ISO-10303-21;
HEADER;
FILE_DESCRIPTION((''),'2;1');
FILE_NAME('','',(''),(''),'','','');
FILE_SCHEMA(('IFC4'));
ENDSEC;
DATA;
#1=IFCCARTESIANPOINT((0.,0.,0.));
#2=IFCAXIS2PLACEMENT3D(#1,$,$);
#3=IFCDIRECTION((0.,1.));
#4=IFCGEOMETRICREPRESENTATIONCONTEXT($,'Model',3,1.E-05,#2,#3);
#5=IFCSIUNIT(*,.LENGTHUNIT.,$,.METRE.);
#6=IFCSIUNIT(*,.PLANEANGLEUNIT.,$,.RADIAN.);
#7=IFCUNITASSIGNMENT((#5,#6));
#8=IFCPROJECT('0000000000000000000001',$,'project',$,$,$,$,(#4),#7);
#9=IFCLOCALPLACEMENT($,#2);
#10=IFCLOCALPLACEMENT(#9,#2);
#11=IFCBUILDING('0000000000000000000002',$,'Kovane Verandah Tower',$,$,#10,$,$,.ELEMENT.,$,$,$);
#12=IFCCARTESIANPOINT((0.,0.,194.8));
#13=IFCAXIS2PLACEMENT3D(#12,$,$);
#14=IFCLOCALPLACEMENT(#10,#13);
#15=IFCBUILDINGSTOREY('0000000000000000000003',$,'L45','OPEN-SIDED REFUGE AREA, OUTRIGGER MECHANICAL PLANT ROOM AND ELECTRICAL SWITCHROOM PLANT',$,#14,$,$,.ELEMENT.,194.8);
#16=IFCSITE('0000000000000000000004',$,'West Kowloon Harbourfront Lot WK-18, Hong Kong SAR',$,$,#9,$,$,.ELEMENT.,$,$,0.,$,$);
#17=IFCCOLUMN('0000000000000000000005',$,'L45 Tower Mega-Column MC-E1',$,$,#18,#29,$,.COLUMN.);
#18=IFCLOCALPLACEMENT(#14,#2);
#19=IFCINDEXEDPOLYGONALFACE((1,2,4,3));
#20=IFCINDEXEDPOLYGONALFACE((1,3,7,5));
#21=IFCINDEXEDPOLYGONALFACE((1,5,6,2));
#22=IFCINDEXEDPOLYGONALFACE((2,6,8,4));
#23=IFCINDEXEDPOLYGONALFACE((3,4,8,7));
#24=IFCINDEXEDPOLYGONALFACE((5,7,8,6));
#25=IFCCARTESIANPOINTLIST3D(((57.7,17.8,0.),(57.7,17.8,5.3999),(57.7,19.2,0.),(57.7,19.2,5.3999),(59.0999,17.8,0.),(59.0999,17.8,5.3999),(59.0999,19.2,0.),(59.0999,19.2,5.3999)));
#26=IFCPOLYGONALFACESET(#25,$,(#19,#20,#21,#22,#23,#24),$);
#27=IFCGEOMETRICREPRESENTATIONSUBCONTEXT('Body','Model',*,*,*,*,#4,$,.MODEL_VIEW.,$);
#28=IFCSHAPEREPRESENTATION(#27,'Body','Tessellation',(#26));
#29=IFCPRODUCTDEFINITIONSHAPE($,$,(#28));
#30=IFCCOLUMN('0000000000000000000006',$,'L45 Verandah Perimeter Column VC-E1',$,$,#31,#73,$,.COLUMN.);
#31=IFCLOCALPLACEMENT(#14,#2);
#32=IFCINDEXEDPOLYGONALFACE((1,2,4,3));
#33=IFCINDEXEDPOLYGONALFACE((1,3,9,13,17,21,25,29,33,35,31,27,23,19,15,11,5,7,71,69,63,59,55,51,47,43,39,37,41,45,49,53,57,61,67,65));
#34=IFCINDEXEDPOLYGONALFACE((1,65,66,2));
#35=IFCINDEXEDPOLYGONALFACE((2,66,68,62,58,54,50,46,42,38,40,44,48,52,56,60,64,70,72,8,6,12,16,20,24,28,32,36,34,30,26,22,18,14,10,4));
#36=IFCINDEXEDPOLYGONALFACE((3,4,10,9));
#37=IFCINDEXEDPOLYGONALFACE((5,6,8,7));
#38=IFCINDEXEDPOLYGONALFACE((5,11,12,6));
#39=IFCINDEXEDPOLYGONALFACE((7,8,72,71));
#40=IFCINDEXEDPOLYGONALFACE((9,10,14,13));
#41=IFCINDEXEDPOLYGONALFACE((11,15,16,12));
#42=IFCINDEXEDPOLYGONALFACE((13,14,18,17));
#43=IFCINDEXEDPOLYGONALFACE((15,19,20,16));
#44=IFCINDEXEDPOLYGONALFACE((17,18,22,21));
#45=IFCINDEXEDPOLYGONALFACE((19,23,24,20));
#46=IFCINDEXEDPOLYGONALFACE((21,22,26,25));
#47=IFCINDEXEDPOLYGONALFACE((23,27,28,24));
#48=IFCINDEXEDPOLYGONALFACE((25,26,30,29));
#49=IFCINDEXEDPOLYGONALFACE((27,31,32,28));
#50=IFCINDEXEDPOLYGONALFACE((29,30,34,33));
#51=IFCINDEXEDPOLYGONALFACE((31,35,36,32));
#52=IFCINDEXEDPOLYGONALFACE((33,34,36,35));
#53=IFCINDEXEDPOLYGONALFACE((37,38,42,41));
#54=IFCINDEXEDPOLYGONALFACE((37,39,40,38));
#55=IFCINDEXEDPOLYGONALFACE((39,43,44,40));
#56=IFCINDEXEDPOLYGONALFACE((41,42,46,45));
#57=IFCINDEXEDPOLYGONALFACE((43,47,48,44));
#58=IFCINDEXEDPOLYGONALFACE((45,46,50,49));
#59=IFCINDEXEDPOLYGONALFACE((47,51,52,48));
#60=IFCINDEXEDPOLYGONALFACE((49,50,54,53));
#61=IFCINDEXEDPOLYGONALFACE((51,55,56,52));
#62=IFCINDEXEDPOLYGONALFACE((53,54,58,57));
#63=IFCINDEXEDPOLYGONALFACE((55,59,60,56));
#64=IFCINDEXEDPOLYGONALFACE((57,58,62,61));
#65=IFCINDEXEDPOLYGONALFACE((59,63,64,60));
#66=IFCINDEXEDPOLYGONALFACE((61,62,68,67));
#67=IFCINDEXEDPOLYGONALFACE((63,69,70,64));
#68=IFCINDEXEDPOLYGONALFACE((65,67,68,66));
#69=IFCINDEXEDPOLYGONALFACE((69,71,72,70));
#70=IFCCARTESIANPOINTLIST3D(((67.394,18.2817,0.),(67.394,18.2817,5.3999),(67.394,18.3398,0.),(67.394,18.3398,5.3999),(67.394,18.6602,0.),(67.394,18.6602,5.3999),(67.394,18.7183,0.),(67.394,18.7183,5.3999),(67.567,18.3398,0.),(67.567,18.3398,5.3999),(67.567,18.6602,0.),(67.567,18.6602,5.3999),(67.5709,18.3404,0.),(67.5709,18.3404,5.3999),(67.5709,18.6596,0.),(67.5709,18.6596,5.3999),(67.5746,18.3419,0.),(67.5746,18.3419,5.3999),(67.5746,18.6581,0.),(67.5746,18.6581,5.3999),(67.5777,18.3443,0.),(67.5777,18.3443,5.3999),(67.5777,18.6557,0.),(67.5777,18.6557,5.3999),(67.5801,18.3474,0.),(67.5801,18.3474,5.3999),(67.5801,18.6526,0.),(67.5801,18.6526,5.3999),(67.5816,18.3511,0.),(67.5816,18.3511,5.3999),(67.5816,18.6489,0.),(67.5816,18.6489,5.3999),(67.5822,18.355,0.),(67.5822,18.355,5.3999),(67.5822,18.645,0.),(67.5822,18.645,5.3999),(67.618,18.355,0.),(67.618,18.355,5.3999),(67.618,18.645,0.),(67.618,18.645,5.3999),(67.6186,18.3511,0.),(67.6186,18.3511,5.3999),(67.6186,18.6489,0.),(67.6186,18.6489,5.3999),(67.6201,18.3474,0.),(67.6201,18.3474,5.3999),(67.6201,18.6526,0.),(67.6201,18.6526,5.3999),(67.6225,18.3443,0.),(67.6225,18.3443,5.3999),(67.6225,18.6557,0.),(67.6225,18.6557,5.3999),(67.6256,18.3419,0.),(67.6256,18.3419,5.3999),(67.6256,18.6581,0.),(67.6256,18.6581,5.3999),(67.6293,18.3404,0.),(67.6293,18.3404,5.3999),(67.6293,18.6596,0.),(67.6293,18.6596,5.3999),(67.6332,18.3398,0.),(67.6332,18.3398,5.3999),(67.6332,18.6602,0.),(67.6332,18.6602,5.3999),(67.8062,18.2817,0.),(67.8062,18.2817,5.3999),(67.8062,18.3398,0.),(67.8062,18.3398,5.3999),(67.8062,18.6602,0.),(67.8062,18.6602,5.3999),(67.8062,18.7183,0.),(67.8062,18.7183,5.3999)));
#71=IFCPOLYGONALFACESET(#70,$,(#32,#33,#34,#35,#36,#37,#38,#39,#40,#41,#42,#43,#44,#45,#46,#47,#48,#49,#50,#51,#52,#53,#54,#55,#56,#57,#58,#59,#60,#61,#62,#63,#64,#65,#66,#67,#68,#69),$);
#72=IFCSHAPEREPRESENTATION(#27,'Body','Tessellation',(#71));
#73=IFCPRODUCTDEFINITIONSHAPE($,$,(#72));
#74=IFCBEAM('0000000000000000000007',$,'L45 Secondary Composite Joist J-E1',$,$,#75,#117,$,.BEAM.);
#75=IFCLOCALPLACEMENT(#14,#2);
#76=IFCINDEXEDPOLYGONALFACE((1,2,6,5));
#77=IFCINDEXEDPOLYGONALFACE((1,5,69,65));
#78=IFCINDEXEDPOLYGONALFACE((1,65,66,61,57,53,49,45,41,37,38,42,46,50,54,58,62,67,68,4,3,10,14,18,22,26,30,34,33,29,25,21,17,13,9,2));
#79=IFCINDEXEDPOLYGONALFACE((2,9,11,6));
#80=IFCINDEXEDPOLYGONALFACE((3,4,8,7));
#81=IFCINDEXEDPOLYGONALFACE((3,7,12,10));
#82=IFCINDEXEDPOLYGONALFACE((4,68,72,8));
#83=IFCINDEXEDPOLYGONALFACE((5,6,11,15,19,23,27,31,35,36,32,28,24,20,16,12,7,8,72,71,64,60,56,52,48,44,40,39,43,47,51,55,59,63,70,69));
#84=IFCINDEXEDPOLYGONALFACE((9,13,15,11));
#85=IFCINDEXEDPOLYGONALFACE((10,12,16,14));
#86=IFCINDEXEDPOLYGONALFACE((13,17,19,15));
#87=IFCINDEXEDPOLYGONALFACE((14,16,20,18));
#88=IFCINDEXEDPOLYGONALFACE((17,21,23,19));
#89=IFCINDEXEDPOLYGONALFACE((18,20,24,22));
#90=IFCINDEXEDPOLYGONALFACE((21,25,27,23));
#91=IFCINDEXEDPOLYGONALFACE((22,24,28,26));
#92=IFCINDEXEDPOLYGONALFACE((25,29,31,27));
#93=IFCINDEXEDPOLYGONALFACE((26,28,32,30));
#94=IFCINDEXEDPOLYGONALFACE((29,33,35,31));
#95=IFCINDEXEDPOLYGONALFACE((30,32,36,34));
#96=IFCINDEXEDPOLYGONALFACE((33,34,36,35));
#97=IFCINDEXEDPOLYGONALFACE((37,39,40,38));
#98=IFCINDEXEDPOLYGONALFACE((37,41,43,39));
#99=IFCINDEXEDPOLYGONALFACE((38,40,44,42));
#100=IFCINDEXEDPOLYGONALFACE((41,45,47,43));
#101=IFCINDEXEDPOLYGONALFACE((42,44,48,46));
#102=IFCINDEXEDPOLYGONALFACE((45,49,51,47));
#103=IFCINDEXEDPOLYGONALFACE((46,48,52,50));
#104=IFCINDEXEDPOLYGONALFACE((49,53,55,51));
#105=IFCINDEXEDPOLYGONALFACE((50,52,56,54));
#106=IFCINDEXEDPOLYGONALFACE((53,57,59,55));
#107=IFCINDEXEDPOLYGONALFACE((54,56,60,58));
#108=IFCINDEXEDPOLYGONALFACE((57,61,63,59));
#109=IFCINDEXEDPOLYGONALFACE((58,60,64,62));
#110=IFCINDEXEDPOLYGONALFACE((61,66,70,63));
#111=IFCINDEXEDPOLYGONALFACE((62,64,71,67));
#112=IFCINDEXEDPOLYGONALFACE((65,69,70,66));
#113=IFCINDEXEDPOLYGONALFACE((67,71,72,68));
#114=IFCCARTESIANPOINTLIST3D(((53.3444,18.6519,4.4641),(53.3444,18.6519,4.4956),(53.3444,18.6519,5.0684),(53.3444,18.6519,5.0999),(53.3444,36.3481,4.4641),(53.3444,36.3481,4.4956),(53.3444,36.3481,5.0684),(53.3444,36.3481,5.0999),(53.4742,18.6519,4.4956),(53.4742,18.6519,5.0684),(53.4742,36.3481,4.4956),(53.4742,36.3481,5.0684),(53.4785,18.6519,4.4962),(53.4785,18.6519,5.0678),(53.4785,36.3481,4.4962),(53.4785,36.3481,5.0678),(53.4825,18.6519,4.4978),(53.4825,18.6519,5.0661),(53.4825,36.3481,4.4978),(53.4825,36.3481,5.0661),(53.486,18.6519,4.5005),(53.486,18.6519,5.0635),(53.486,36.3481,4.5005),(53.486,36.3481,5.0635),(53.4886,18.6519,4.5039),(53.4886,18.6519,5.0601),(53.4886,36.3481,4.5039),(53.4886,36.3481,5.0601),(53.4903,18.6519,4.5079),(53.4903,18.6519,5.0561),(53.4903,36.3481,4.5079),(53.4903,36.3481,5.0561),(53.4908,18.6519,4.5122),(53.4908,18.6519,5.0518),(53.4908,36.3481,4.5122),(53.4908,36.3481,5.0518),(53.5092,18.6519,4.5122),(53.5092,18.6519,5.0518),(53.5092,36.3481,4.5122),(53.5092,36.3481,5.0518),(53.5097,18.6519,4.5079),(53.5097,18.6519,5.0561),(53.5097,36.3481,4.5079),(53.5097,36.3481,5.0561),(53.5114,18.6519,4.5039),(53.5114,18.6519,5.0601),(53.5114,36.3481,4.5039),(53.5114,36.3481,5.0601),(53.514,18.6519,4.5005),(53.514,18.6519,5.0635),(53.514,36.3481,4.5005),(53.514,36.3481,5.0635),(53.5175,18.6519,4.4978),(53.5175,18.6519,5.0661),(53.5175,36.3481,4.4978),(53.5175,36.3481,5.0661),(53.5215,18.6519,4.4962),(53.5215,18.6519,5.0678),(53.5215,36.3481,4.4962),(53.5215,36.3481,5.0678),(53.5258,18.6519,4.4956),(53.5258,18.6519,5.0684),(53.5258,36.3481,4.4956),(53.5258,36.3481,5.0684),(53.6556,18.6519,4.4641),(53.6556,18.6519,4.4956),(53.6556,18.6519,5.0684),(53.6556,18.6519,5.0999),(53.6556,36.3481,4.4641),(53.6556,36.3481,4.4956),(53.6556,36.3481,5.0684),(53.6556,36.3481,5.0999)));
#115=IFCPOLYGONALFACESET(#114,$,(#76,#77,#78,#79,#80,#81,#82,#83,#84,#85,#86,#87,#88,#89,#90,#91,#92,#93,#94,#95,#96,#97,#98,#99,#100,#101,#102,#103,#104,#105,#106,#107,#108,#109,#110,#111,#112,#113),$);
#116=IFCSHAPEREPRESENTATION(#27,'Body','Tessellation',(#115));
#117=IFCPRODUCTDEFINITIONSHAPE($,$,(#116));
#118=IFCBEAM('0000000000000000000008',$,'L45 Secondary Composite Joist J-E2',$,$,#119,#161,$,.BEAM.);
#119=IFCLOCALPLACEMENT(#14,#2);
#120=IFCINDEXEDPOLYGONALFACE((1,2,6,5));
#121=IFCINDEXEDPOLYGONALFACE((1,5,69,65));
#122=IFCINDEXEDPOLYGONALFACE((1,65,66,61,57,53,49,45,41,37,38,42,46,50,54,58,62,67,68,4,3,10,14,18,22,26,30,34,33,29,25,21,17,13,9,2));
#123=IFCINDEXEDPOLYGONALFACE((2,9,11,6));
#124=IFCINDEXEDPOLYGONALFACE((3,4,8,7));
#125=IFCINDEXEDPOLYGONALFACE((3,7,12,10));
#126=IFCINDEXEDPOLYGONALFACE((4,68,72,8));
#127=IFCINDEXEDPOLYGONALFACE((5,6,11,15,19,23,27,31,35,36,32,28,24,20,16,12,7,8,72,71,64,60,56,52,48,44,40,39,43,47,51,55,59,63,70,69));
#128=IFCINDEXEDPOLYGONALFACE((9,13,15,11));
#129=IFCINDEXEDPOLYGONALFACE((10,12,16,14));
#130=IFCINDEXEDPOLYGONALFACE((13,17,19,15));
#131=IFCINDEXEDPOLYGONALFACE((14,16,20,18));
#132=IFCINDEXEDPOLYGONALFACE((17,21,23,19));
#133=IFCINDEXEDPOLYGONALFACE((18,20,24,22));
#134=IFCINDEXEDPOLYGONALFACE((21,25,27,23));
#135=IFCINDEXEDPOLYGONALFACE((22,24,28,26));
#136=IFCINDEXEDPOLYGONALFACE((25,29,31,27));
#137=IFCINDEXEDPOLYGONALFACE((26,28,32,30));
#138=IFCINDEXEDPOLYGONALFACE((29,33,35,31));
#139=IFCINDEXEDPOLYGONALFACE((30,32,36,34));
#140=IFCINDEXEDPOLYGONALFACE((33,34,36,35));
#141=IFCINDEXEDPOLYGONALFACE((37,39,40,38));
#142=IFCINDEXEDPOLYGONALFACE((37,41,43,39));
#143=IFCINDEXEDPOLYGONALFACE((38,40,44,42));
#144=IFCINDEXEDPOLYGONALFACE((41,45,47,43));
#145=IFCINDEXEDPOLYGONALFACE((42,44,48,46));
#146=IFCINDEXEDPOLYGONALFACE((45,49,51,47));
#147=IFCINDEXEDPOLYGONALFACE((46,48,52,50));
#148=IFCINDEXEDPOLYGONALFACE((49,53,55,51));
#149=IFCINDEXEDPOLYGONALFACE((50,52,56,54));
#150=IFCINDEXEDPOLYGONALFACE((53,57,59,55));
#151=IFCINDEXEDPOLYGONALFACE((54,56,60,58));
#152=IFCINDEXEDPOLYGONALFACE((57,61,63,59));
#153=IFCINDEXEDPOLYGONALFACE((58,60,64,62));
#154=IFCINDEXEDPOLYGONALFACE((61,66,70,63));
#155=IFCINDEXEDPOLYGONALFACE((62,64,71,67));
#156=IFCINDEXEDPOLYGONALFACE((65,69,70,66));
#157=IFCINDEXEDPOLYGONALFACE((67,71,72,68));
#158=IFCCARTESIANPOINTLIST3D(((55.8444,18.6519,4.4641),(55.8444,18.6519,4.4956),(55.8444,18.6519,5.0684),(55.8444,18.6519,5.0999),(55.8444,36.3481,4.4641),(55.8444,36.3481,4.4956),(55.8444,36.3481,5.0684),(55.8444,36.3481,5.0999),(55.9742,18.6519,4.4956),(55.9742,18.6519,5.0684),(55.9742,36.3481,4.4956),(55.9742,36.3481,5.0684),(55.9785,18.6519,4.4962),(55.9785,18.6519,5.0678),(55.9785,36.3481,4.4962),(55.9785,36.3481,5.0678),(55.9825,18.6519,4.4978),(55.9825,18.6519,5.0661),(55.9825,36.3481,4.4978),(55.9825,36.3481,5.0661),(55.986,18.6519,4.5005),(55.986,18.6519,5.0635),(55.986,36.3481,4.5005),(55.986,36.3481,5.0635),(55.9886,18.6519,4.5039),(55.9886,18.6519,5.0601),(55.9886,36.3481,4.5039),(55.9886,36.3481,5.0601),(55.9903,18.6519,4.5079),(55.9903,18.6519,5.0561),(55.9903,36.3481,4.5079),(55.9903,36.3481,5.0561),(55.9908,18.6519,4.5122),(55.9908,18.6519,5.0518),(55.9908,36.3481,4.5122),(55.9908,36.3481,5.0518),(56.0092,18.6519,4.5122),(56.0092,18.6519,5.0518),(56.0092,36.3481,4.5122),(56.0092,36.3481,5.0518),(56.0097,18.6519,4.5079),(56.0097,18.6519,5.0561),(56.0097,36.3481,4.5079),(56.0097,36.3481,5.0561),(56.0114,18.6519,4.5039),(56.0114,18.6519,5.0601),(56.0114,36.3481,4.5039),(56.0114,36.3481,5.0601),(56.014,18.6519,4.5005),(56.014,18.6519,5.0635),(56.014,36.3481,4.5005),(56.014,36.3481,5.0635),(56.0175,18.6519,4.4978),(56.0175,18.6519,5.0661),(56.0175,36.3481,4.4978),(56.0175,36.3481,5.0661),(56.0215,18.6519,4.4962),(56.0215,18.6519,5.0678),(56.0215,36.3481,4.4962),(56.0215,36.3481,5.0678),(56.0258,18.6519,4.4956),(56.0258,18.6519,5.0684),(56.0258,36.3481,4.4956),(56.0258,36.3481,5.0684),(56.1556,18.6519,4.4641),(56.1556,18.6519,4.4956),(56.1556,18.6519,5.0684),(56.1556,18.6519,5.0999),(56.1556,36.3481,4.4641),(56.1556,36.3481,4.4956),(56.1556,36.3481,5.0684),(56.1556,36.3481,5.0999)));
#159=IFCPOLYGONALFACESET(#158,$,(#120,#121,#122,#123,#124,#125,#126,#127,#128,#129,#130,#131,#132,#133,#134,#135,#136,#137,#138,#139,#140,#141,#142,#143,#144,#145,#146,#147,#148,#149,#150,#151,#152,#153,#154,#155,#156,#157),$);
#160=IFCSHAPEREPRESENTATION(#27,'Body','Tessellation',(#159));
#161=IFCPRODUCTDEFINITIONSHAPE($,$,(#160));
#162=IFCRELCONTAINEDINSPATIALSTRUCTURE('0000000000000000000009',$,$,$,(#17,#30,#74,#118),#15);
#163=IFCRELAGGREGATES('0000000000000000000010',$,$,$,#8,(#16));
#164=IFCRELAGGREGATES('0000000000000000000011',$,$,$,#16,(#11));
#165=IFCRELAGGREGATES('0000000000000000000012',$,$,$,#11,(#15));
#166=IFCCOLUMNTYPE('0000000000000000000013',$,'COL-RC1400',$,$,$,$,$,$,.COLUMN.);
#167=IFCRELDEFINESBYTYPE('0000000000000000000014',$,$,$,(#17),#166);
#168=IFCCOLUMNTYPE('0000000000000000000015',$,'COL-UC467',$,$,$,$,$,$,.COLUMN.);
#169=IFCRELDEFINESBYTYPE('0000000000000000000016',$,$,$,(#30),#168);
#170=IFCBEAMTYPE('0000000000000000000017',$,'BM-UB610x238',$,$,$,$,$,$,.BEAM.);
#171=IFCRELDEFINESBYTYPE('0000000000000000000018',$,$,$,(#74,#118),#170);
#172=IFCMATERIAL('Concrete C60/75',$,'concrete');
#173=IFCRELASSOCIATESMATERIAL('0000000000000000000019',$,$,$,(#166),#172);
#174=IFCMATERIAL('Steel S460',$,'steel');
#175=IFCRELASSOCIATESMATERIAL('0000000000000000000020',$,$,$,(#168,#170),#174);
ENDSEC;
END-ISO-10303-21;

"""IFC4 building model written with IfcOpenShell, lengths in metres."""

from ifc_helpers import new_model, si_unit, direction, frame, origin, origin_2d, place, context, subcontext, project, spatial, rectangle, i_section, extrude, material, material_profile, profile_set, type_object, element, save


model = new_model("IFC4")

# Units and contexts
model_context = context("Model", 3, precision=1e-05, world=origin(), true_north=direction((0.0, 1.0)))
body_context = subcontext(model_context, "Body", "Model", "MODEL_VIEW")
ifc_project = project(units=[si_unit("LENGTHUNIT", "METRE"), si_unit("PLANEANGLEUNIT", "RADIAN")], contexts=[model_context])

# Site, building, storey
site_placement = place(None, origin())
site = spatial("IfcSite", under=ifc_project, at=site_placement, Name="West Kowloon Harbourfront Lot WK-18, Hong Kong SAR", CompositionType="ELEMENT", RefElevation=0.0)
building_placement = place(site_placement, origin())
building = spatial("IfcBuilding", under=site, at=building_placement, Name="Kovane Verandah Tower", CompositionType="ELEMENT")
storey_placement = place(building_placement, frame((0.0, 0.0, 194.8)))
storey = spatial("IfcBuildingStorey", under=building, at=storey_placement, Name="L45", Description="OPEN-SIDED REFUGE AREA, OUTRIGGER MECHANICAL PLANT ROOM AND ELECTRICAL SWITCHROOM PLANT", CompositionType="ELEMENT", Elevation=194.8)

# Columns
ifc_material_1 = material(Name="Concrete C60/75", Category="concrete")
ifc_material_profile_1 = material_profile(ifc_material_1, rectangle(XDim=1.3999, YDim=1.3999, at=origin_2d()), Name="RC1400x1400")
ifc_profile_set_1 = profile_set([ifc_material_profile_1], Name="Concrete C60/75")
column_type_1 = type_object("IfcColumnType", Name="COL-RC1400", PredefinedType="COLUMN", material=ifc_profile_set_1)
column_1_placement = place(storey_placement, frame((58.3999, 18.5, 0.0), z_axis=(0.0, 0.0, 1.0), x_axis=(1.0, 0.0, 0.0)))
element("IfcColumn", 1, at=column_1_placement, inside=storey, type_object=column_type_1, Name="L45 Tower Mega-Column MC-E1", PredefinedType="COLUMN", context=body_context, shape_type="SweptSolid", body=[
    extrude(rectangle(XDim=1.3999, YDim=1.3999, at=origin_2d()), origin(), (0.0, 0.0, 1.0), 5.3999),
])
ifc_material_2 = material(Name="Steel S460", Category="steel")
ifc_material_profile_2 = material_profile(ifc_material_2, i_section(OverallWidth=0.4121, OverallDepth=0.4365, WebThickness=0.0359, FlangeThickness=0.0581, FilletRadius=0.0151, at=origin_2d()), Name="UC356x406x467")
ifc_profile_set_2 = profile_set([ifc_material_profile_2], Name="Steel S460")
column_type_2 = type_object("IfcColumnType", Name="COL-UC467", PredefinedType="COLUMN", material=ifc_profile_set_2)
column_2_placement = place(storey_placement, frame((67.6001, 18.5, 0.0), z_axis=(0.0, 0.0, 1.0), x_axis=(1.0, 0.0, 0.0)))
element("IfcColumn", 2, at=column_2_placement, inside=storey, type_object=column_type_2, Name="L45 Verandah Perimeter Column VC-E1", PredefinedType="COLUMN", context=body_context, shape_type="SweptSolid", body=[
    extrude(i_section(OverallWidth=0.4121, OverallDepth=0.4365, WebThickness=0.0359, FlangeThickness=0.0581, FilletRadius=0.0151, at=origin_2d()), origin(), (0.0, 0.0, 1.0), 5.3999),
])

# Beams
ifc_material_profile_3 = material_profile(ifc_material_2, i_section(OverallWidth=0.3113, OverallDepth=0.6357, WebThickness=0.0183, FlangeThickness=0.0315, FilletRadius=0.0166, at=origin_2d()), Name="UB610x305x238")
ifc_profile_set_3 = profile_set([ifc_material_profile_3], Name="Steel S460")
beam_type_1 = type_object("IfcBeamType", Name="BM-UB610x238", PredefinedType="BEAM", material=ifc_profile_set_3)
for number, where, z_axis, x_axis, name in (
    (3, (53.5, 18.6519, 4.782), (0.0, 1.0, 0.0), (-1.0, 0.0, 0.0), "L45 Secondary Composite Joist J-E1"),
    (4, (56.0, 18.6519, 4.782), (0.0, 1.0, 0.0), (-1.0, 0.0, 0.0), "L45 Secondary Composite Joist J-E2"),
):
    element("IfcBeam", number, at=place(storey_placement, frame(where, z_axis=z_axis, x_axis=x_axis)), inside=storey, type_object=beam_type_1, Name=name, PredefinedType="BEAM", context=body_context, shape_type="SweptSolid", body=[
        extrude(i_section(OverallWidth=0.3113, OverallDepth=0.6357, WebThickness=0.0183, FlangeThickness=0.0315, FilletRadius=0.0166, at=origin_2d()), origin(), (0.0, 0.0, 1.0), 17.6963),
    ])

save(model, "model.ifc")
